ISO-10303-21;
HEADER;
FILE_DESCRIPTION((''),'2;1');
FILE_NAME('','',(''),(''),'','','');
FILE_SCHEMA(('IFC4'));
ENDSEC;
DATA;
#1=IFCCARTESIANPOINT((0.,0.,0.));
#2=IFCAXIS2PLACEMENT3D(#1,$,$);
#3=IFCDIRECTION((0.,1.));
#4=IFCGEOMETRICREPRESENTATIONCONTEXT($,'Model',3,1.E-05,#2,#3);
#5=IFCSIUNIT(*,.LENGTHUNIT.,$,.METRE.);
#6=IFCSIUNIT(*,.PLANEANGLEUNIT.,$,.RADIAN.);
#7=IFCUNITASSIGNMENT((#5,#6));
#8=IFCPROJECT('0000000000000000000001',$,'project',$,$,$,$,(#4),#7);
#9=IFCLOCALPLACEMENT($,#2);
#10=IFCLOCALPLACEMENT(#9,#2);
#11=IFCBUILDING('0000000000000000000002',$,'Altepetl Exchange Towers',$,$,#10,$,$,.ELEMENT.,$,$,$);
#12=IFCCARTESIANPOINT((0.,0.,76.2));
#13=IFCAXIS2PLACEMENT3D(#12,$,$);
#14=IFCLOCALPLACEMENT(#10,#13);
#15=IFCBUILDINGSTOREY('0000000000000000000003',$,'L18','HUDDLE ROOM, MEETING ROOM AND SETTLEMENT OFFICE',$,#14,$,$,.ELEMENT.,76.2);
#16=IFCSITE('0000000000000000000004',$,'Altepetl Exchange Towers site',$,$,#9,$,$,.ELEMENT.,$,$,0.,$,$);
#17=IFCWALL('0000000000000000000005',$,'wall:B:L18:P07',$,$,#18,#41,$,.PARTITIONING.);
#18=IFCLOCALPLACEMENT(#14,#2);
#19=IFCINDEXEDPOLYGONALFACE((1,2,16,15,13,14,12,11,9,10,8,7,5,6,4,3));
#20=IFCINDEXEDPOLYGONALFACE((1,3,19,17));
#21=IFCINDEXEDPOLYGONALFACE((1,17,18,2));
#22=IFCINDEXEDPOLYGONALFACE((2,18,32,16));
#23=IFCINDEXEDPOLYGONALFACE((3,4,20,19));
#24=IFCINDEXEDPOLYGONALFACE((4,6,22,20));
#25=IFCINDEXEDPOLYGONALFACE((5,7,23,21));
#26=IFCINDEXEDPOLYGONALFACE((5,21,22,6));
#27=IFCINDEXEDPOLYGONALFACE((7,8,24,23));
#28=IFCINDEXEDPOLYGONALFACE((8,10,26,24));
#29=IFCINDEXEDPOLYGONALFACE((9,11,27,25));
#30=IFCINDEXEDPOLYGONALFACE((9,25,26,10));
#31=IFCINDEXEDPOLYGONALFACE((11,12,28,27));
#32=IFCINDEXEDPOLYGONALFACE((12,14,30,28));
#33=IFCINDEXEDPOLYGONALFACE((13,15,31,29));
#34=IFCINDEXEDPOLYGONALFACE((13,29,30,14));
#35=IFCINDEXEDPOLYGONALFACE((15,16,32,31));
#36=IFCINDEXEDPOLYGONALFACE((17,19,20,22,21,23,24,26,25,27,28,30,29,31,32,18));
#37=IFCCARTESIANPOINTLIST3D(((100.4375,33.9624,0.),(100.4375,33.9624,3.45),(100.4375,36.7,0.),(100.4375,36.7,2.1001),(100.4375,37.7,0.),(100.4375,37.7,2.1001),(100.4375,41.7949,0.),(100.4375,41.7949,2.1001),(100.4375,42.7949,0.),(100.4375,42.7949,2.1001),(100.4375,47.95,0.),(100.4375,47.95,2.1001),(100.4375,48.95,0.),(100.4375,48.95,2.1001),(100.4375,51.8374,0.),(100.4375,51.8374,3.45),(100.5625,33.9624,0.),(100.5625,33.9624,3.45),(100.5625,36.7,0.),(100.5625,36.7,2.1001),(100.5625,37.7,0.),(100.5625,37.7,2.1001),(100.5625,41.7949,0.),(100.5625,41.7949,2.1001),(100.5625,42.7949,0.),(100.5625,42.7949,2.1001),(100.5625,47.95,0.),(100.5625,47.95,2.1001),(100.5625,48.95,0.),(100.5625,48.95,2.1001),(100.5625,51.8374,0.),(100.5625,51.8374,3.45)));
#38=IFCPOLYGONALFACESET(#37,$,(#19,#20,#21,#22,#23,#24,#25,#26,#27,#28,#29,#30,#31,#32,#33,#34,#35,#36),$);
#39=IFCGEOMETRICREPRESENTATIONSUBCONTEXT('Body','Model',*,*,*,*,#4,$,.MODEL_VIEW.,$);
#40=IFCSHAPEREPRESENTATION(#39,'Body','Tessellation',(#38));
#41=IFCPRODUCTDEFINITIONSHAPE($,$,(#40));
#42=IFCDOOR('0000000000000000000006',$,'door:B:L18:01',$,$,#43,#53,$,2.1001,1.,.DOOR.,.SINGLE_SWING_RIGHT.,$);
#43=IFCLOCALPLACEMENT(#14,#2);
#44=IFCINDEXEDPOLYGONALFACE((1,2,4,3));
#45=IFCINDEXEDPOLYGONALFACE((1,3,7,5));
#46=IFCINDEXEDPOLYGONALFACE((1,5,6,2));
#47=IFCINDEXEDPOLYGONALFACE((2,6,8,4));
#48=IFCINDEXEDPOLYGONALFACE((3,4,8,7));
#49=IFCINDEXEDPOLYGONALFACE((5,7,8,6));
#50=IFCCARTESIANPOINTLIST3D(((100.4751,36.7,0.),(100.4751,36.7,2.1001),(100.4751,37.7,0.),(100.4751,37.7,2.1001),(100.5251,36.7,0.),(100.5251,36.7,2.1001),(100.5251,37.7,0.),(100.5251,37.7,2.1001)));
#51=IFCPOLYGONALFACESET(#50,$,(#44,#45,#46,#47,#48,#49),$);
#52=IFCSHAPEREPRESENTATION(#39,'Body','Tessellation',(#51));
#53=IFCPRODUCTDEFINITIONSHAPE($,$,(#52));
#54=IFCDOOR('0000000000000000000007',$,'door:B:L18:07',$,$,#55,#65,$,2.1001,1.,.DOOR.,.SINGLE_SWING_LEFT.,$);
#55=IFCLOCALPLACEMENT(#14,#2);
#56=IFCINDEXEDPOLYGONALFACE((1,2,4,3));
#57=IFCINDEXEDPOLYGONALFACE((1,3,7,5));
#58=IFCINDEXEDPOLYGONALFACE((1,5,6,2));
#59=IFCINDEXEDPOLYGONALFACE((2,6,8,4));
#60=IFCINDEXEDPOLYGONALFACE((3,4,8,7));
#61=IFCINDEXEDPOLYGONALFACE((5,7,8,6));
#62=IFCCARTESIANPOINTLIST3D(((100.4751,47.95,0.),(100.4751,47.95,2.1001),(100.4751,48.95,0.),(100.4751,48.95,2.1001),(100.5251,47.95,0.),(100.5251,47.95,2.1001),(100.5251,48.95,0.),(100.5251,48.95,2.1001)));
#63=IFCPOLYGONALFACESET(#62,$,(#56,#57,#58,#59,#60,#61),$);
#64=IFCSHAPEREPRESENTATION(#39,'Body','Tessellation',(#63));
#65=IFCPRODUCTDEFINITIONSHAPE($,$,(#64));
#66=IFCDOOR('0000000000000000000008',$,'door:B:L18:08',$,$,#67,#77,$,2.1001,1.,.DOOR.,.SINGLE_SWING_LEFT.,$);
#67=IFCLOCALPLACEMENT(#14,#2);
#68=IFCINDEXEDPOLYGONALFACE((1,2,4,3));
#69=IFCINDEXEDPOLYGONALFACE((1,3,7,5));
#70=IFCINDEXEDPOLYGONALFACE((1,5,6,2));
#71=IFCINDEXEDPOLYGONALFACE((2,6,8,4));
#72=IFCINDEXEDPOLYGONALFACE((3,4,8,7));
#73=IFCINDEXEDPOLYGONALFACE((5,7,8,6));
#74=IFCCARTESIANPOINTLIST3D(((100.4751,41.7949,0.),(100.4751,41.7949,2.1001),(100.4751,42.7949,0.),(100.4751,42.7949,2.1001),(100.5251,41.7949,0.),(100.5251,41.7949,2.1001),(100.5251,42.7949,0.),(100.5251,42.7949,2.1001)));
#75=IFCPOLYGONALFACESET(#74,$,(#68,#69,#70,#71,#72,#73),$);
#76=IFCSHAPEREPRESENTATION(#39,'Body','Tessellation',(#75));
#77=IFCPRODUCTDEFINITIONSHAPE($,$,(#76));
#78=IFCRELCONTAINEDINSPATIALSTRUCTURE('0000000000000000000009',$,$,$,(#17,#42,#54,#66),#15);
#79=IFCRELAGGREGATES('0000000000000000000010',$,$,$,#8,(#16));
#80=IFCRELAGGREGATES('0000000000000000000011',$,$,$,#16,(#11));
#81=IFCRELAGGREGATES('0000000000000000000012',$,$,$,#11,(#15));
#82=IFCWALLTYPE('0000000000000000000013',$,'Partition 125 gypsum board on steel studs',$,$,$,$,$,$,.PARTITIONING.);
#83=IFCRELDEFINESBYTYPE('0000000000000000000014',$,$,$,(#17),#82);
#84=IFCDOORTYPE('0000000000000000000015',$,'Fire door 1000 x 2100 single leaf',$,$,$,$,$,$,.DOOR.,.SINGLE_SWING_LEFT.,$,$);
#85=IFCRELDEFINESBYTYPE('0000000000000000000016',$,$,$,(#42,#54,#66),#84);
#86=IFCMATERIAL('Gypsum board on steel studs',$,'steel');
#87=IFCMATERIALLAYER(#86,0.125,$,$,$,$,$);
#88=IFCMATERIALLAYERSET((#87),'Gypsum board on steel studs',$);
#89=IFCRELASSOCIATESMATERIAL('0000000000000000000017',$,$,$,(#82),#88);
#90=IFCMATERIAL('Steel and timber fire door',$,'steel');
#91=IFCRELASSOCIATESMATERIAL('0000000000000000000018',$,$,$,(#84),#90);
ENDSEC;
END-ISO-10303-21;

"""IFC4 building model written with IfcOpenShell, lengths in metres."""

from ifc_helpers import new_model, si_unit, direction, frame, frame_2d, origin, place, context, subcontext, project, spatial, rectangle, extrude, material, layer, layer_set, type_object, element, fill, save


model = new_model("IFC4")

# Units and contexts
model_context = context("Model", 3, precision=1e-05, world=origin(), true_north=direction((0.0, 1.0)))
body_context = subcontext(model_context, "Body", "Model", "MODEL_VIEW")
ifc_project = project(units=[si_unit("LENGTHUNIT", "METRE"), si_unit("PLANEANGLEUNIT", "RADIAN")], contexts=[model_context])

# Site, building, storey
site_placement = place(None, origin())
site = spatial("IfcSite", under=ifc_project, at=site_placement, Name="Altepetl Exchange Towers site", CompositionType="ELEMENT", RefElevation=0.0)
building_placement = place(site_placement, origin())
building = spatial("IfcBuilding", under=site, at=building_placement, Name="Altepetl Exchange Towers", CompositionType="ELEMENT")
storey_placement = place(building_placement, frame((0.0, 0.0, 76.2)))
storey = spatial("IfcBuildingStorey", under=building, at=storey_placement, Name="L18", Description="HUDDLE ROOM, MEETING ROOM AND SETTLEMENT OFFICE", CompositionType="ELEMENT", Elevation=76.2)

# Shared definitions
ifc_material_1 = material(Name="Gypsum board on steel studs", Category="steel")
ifc_layer_1 = layer(ifc_material_1, 0.125)
ifc_layer_set_1 = layer_set([ifc_layer_1], Name="Gypsum board on steel studs")
wall_type = type_object("IfcWallType", Name="Partition 125 gypsum board on steel studs", PredefinedType="PARTITIONING", material=ifc_layer_set_1)
ifc_material_2 = material(Name="Steel and timber fire door", Category="steel")
door_type = type_object("IfcDoorType", Name="Fire door 1000 x 2100 single leaf", OperationType="SINGLE_SWING_LEFT", PredefinedType="DOOR", material=ifc_material_2)

# Wall, openings, doors
wall_1_placement = place(storey_placement, frame((100.5, 33.9624, 0.0), z_axis=(0.0, 0.0, 1.0), x_axis=(0.0, 1.0, 0.0)))
wall_1 = element("IfcWall", 1, at=wall_1_placement, inside=storey, type_object=wall_type, Name="wall:B:L18:P07", PredefinedType="PARTITIONING", context=body_context, shape_type="SweptSolid", body=[
    extrude(rectangle(XDim=17.875, YDim=0.125, at=frame_2d((8.9375, 0.0))), origin(), (0.0, 0.0, 1.0), 3.45),
])
opening_1_placement = place(wall_1_placement, frame((2.7375, 0.0, 0.0)))
opening_1 = element("IfcOpeningElement", 2, at=opening_1_placement, cuts=wall_1, PredefinedType="OPENING", context=body_context, shape_type="SweptSolid", body=[
    extrude(rectangle(XDim=1.0, YDim=2.1001, at=frame_2d((0.5, 1.05))), frame((0.0, 0.0725, 0.0), z_axis=(0.0, -1.0, 0.0), x_axis=(1.0, 0.0, 0.0)), (0.0, 0.0, 1.0), 0.145),
])
opening_2_placement = place(wall_1_placement, frame((13.9875, 0.0, 0.0)))
opening_2 = element("IfcOpeningElement", 3, at=opening_2_placement, cuts=wall_1, PredefinedType="OPENING", context=body_context, shape_type="SweptSolid", body=[
    extrude(rectangle(XDim=1.0, YDim=2.1001, at=frame_2d((0.5, 1.05))), frame((0.0, 0.0725, 0.0), z_axis=(0.0, -1.0, 0.0), x_axis=(1.0, 0.0, 0.0)), (0.0, 0.0, 1.0), 0.145),
])
opening_3_placement = place(wall_1_placement, frame((7.8325, 0.0, 0.0)))
opening_3 = element("IfcOpeningElement", 4, at=opening_3_placement, cuts=wall_1, PredefinedType="OPENING", context=body_context, shape_type="SweptSolid", body=[
    extrude(rectangle(XDim=1.0, YDim=2.1001, at=frame_2d((0.5, 1.05))), frame((0.0, 0.0725, 0.0), z_axis=(0.0, -1.0, 0.0), x_axis=(1.0, 0.0, 0.0)), (0.0, 0.0, 1.0), 0.145),
])
door_1_placement = place(opening_1_placement, origin())
door_1 = element("IfcDoor", 5, at=door_1_placement, inside=storey, type_object=door_type, Name="door:B:L18:01", OperationType="SINGLE_SWING_RIGHT", OverallHeight=2.1001, OverallWidth=1.0, PredefinedType="DOOR", context=body_context, shape_type="SweptSolid", body=[
    extrude(rectangle(XDim=1.0, YDim=2.1001, at=frame_2d((0.5, 1.05))), frame((0.0, 0.0249, 0.0), z_axis=(0.0, -1.0, 0.0), x_axis=(1.0, 0.0, 0.0)), (0.0, 0.0, 1.0), 0.05),
])
fill(opening_1, door_1)
door_2_placement = place(opening_2_placement, origin())
door_2 = element("IfcDoor", 6, at=door_2_placement, inside=storey, type_object=door_type, Name="door:B:L18:07", OperationType="SINGLE_SWING_LEFT", OverallHeight=2.1001, OverallWidth=1.0, PredefinedType="DOOR", context=body_context, shape_type="SweptSolid", body=[
    extrude(rectangle(XDim=1.0, YDim=2.1001, at=frame_2d((0.5, 1.05))), frame((0.0, 0.0249, 0.0), z_axis=(0.0, -1.0, 0.0), x_axis=(1.0, 0.0, 0.0)), (0.0, 0.0, 1.0), 0.05),
])
fill(opening_2, door_2)
door_3_placement = place(opening_3_placement, origin())
door_3 = element("IfcDoor", 7, at=door_3_placement, inside=storey, type_object=door_type, Name="door:B:L18:08", OperationType="SINGLE_SWING_LEFT", OverallHeight=2.1001, OverallWidth=1.0, PredefinedType="DOOR", context=body_context, shape_type="SweptSolid", body=[
    extrude(rectangle(XDim=1.0, YDim=2.1001, at=frame_2d((0.5, 1.05))), frame((0.0, 0.0249, 0.0), z_axis=(0.0, -1.0, 0.0), x_axis=(1.0, 0.0, 0.0)), (0.0, 0.0, 1.0), 0.05),
])
fill(opening_3, door_3)

save(model, "model.ifc")
